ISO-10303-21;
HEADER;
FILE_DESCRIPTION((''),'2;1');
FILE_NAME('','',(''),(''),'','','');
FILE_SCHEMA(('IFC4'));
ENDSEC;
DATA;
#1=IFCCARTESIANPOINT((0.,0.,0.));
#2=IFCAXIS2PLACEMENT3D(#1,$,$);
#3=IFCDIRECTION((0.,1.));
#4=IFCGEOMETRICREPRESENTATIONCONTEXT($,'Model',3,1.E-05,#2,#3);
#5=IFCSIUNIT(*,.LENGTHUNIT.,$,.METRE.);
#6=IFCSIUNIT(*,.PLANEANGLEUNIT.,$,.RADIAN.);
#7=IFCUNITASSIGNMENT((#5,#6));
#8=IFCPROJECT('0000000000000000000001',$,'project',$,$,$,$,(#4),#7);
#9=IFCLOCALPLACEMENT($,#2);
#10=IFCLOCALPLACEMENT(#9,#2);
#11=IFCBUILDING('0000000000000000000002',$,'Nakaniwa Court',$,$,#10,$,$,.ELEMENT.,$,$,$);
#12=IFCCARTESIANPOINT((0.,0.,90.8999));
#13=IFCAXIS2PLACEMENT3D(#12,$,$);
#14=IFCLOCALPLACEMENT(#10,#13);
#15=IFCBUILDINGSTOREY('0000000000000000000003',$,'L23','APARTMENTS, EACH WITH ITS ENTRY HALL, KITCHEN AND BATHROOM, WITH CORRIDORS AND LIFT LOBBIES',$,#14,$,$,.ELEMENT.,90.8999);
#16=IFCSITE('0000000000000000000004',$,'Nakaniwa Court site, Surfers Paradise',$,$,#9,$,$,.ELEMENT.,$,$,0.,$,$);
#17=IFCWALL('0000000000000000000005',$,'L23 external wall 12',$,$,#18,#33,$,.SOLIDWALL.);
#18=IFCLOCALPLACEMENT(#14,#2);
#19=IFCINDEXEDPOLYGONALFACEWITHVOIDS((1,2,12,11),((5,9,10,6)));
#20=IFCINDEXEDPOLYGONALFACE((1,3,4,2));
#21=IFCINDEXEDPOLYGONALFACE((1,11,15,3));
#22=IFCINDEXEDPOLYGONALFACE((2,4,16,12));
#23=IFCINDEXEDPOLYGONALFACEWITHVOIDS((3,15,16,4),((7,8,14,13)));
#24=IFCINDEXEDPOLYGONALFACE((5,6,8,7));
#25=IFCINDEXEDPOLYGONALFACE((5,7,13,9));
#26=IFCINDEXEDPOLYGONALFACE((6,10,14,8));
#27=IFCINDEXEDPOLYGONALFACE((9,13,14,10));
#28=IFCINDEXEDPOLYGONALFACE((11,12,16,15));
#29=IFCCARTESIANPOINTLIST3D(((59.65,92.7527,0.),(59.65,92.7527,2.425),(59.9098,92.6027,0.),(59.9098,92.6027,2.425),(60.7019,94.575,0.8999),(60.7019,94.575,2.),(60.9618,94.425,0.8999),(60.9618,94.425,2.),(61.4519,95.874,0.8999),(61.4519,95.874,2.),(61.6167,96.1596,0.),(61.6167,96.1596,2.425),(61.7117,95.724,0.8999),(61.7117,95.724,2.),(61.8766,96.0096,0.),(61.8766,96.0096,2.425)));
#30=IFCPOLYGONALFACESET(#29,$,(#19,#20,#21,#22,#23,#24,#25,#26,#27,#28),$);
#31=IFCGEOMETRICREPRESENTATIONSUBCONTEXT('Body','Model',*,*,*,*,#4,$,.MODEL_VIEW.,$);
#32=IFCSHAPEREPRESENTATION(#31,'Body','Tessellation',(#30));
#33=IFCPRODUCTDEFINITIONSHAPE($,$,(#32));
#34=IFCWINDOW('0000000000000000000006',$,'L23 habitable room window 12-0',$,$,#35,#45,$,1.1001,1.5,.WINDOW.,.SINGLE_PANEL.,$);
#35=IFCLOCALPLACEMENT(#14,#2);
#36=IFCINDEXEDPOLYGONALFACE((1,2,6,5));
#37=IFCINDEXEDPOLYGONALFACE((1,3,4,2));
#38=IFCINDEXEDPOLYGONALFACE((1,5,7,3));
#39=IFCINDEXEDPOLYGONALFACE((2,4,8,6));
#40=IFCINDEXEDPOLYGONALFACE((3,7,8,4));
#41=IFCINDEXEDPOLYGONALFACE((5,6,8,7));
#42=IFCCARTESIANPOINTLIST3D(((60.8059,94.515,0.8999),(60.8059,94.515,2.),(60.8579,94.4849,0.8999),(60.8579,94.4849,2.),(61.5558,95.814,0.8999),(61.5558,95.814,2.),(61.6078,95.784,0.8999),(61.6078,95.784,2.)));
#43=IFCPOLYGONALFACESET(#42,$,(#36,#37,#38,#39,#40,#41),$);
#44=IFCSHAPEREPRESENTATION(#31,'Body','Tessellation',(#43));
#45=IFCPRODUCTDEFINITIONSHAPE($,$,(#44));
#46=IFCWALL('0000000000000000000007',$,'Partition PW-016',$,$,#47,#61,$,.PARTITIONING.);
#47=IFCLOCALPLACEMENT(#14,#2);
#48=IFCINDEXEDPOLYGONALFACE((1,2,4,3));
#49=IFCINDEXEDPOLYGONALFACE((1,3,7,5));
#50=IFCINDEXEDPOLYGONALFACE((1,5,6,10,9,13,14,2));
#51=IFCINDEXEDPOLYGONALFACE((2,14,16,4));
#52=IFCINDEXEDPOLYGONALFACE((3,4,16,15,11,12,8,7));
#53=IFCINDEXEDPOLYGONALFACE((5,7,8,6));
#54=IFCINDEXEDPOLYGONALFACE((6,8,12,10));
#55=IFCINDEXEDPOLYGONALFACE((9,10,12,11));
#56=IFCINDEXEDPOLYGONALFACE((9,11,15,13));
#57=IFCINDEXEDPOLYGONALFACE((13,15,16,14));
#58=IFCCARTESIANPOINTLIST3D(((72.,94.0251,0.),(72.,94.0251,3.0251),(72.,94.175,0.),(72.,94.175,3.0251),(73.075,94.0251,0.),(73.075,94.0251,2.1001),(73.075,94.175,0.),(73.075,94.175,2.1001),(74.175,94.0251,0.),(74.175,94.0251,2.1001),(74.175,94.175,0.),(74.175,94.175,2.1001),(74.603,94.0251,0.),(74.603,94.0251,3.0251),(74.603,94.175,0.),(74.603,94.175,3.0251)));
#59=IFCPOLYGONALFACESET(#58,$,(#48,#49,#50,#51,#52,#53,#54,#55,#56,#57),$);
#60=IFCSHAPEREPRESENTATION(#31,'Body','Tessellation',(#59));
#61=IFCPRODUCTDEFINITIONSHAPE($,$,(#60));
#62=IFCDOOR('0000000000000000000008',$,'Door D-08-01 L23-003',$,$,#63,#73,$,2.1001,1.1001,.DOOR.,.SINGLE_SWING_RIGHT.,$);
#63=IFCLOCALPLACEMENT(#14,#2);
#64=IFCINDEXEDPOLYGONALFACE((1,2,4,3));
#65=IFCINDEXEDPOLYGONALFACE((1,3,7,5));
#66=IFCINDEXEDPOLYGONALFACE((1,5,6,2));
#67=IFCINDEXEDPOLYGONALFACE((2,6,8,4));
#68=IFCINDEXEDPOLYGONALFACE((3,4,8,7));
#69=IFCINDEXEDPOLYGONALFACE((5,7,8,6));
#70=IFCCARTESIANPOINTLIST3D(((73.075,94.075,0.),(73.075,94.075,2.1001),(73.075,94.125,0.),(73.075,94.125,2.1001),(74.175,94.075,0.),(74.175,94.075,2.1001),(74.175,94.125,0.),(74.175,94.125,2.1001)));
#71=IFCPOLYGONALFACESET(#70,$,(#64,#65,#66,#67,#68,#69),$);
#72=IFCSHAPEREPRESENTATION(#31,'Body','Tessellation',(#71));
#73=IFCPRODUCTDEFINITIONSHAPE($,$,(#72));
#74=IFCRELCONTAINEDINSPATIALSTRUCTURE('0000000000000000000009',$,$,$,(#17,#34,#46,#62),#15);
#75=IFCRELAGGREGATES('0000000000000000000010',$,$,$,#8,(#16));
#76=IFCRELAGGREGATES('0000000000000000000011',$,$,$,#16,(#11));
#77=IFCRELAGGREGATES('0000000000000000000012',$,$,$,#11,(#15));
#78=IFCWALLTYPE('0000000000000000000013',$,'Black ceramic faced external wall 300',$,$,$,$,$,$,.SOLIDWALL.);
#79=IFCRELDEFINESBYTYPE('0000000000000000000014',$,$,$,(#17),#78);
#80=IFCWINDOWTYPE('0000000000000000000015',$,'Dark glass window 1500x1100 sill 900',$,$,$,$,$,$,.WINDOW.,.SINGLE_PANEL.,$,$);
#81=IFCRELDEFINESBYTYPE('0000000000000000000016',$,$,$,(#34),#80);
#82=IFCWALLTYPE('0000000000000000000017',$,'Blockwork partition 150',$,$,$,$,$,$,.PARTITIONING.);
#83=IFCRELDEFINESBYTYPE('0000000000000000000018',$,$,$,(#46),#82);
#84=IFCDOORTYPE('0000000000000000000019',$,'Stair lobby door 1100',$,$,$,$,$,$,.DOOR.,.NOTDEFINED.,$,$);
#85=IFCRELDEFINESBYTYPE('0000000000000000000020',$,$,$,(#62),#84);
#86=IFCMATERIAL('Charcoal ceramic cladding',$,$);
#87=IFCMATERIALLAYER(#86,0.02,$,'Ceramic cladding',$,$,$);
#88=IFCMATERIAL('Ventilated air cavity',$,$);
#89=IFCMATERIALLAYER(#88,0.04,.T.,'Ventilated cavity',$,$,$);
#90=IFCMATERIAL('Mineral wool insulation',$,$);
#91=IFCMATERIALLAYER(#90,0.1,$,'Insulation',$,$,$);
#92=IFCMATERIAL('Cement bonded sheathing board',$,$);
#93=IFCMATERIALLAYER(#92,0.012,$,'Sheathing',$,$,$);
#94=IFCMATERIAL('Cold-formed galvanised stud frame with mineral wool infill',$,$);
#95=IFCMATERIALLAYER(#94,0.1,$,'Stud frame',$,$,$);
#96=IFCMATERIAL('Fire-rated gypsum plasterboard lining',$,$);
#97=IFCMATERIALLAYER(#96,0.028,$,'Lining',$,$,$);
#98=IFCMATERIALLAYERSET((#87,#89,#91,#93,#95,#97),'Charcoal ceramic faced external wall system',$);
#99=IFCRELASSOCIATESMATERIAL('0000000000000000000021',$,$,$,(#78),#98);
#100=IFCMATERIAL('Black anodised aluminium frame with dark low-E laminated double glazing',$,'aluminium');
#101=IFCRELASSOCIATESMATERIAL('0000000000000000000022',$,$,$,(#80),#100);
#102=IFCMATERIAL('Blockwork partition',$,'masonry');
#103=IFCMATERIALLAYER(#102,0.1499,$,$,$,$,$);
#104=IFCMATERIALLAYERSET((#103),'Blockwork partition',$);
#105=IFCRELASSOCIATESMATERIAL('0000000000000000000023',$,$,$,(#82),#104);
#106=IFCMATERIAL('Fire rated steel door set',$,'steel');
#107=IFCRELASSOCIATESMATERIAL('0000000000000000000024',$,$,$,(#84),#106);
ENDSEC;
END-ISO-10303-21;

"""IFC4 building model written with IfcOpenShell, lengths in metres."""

from ifc_helpers import new_model, si_unit, direction, frame, frame_2d, origin, place, context, subcontext, project, spatial, rectangle, extrude, material, layer, layer_set, type_object, element, fill, save


model = new_model("IFC4")

# Units and contexts
model_context = context("Model", 3, precision=1e-05, world=origin(), true_north=direction((0.0, 1.0)))
body_context = subcontext(model_context, "Body", "Model", "MODEL_VIEW")
ifc_project = project(units=[si_unit("LENGTHUNIT", "METRE"), si_unit("PLANEANGLEUNIT", "RADIAN")], contexts=[model_context])

# Site, building, storey
site_placement = place(None, origin())
site = spatial("IfcSite", under=ifc_project, at=site_placement, Name="Nakaniwa Court site, Surfers Paradise", CompositionType="ELEMENT", RefElevation=0.0)
building_placement = place(site_placement, origin())
building = spatial("IfcBuilding", under=site, at=building_placement, Name="Nakaniwa Court", CompositionType="ELEMENT")
storey_placement = place(building_placement, frame((0.0, 0.0, 90.8999)))
storey = spatial("IfcBuildingStorey", under=building, at=storey_placement, Name="L23", Description="APARTMENTS, EACH WITH ITS ENTRY HALL, KITCHEN AND BATHROOM, WITH CORRIDORS AND LIFT LOBBIES", CompositionType="ELEMENT", Elevation=90.8999)

# Wall, opening, window
ifc_material_1 = material(Name="Charcoal ceramic cladding")
ifc_layer_1 = layer(ifc_material_1, 0.02, Name="Ceramic cladding")
ifc_material_2 = material(Name="Ventilated air cavity")
ifc_layer_2 = layer(ifc_material_2, 0.04, ventilated=True, Name="Ventilated cavity")
ifc_material_3 = material(Name="Mineral wool insulation")
ifc_layer_3 = layer(ifc_material_3, 0.1, Name="Insulation")
ifc_material_4 = material(Name="Cement bonded sheathing board")
ifc_layer_4 = layer(ifc_material_4, 0.012, Name="Sheathing")
ifc_material_5 = material(Name="Cold-formed galvanised stud frame with mineral wool infill")
ifc_layer_5 = layer(ifc_material_5, 0.1, Name="Stud frame")
ifc_material_6 = material(Name="Fire-rated gypsum plasterboard lining")
ifc_layer_6 = layer(ifc_material_6, 0.028, Name="Lining")
ifc_layer_set_1 = layer_set([ifc_layer_1, ifc_layer_2, ifc_layer_3, ifc_layer_4, ifc_layer_5, ifc_layer_6], Name="Charcoal ceramic faced external wall system")
wall_type_1 = type_object("IfcWallType", Name="Black ceramic faced external wall 300", PredefinedType="SOLIDWALL", material=ifc_layer_set_1)
ifc_material_7 = material(Name="Black anodised aluminium frame with dark low-E laminated double glazing", Category="aluminium")
wall_1_placement = place(storey_placement, frame((61.7466, 96.0845, 0.0), z_axis=(0.0, 0.0, 1.0), x_axis=(-0.499957, -0.86605, 0.0)))
wall_1 = element("IfcWall", 1, at=wall_1_placement, inside=storey, type_object=wall_type_1, Name="L23 external wall 12", PredefinedType="SOLIDWALL", context=body_context, shape_type="SweptSolid", body=[
    extrude(rectangle(XDim=3.9338, YDim=0.3, at=frame_2d((1.9668, 0.0))), origin(), (0.0, 0.0, 1.0), 2.425),
])
opening_1_placement = place(wall_1_placement, frame((0.3296, 0.0, 0.8999)))
opening_1 = element("IfcOpeningElement", 2, at=opening_1_placement, cuts=wall_1, PredefinedType="OPENING", context=body_context, shape_type="SweptSolid", body=[
    extrude(rectangle(XDim=1.5, YDim=1.1001, at=frame_2d((0.75, 0.55))), frame((0.0, 0.1599, 0.0), z_axis=(0.0, -1.0, 0.0), x_axis=(1.0, 0.0, 0.0)), (0.0, 0.0, 1.0), 0.3201),
])
window_type_1 = type_object("IfcWindowType", Name="Dark glass window 1500x1100 sill 900", PartitioningType="SINGLE_PANEL", PredefinedType="WINDOW", material=ifc_material_7)
window_1_placement = place(opening_1_placement, origin())
window_1 = element("IfcWindow", 3, at=window_1_placement, inside=storey, type_object=window_type_1, Name="L23 habitable room window 12-0", OverallHeight=1.1001, OverallWidth=1.5, PartitioningType="SINGLE_PANEL", PredefinedType="WINDOW", context=body_context, shape_type="SweptSolid", body=[
    extrude(rectangle(XDim=1.5, YDim=1.1001, at=frame_2d((0.75, 0.55))), frame((0.0, 0.03, 0.0), z_axis=(0.0, -1.0, 0.0), x_axis=(1.0, 0.0, 0.0)), (0.0, 0.0, 1.0), 0.0601),
])
fill(opening_1, window_1)

# Wall, opening, door
ifc_material_8 = material(Name="Blockwork partition", Category="masonry")
ifc_layer_7 = layer(ifc_material_8, 0.1499)
ifc_layer_set_2 = layer_set([ifc_layer_7], Name="Blockwork partition")
wall_type_2 = type_object("IfcWallType", Name="Blockwork partition 150", PredefinedType="PARTITIONING", material=ifc_layer_set_2)
wall_2_placement = place(storey_placement, frame((72.0, 94.1001, 0.0), z_axis=(0.0, 0.0, 1.0), x_axis=(1.0, 0.0, 0.0)))
wall_2 = element("IfcWall", 4, at=wall_2_placement, inside=storey, type_object=wall_type_2, Name="Partition PW-016", PredefinedType="PARTITIONING", context=body_context, shape_type="SweptSolid", body=[
    extrude(rectangle(XDim=2.603, YDim=0.1499, at=frame_2d((1.3015, 0.0))), origin(), (0.0, 0.0, 1.0), 3.0251),
])
opening_2_placement = place(wall_2_placement, frame((1.075, 0.0, 0.0)))
opening_2 = element("IfcOpeningElement", 5, at=opening_2_placement, cuts=wall_2, PredefinedType="OPENING", context=body_context, shape_type="SweptSolid", body=[
    extrude(rectangle(XDim=1.1001, YDim=2.1001, at=frame_2d((0.55, 1.05))), frame((0.0, 0.085, 0.0), z_axis=(0.0, -1.0, 0.0), x_axis=(1.0, 0.0, 0.0)), (0.0, 0.0, 1.0), 0.1699),
])
ifc_material_9 = material(Name="Fire rated steel door set", Category="steel")
door_type_1 = type_object("IfcDoorType", Name="Stair lobby door 1100", OperationType="NOTDEFINED", PredefinedType="DOOR", material=ifc_material_9)
door_1_placement = place(opening_2_placement, origin())
door_1 = element("IfcDoor", 6, at=door_1_placement, inside=storey, type_object=door_type_1, Name="Door D-08-01 L23-003", OperationType="SINGLE_SWING_RIGHT", OverallHeight=2.1001, OverallWidth=1.1001, PredefinedType="DOOR", context=body_context, shape_type="SweptSolid", body=[
    extrude(rectangle(XDim=1.1001, YDim=2.1001, at=frame_2d((0.55, 1.05))), frame((0.0, 0.0249, 0.0), z_axis=(0.0, -1.0, 0.0), x_axis=(1.0, 0.0, 0.0)), (0.0, 0.0, 1.0), 0.05),
])
fill(opening_2, door_1)

save(model, "model.ifc")
